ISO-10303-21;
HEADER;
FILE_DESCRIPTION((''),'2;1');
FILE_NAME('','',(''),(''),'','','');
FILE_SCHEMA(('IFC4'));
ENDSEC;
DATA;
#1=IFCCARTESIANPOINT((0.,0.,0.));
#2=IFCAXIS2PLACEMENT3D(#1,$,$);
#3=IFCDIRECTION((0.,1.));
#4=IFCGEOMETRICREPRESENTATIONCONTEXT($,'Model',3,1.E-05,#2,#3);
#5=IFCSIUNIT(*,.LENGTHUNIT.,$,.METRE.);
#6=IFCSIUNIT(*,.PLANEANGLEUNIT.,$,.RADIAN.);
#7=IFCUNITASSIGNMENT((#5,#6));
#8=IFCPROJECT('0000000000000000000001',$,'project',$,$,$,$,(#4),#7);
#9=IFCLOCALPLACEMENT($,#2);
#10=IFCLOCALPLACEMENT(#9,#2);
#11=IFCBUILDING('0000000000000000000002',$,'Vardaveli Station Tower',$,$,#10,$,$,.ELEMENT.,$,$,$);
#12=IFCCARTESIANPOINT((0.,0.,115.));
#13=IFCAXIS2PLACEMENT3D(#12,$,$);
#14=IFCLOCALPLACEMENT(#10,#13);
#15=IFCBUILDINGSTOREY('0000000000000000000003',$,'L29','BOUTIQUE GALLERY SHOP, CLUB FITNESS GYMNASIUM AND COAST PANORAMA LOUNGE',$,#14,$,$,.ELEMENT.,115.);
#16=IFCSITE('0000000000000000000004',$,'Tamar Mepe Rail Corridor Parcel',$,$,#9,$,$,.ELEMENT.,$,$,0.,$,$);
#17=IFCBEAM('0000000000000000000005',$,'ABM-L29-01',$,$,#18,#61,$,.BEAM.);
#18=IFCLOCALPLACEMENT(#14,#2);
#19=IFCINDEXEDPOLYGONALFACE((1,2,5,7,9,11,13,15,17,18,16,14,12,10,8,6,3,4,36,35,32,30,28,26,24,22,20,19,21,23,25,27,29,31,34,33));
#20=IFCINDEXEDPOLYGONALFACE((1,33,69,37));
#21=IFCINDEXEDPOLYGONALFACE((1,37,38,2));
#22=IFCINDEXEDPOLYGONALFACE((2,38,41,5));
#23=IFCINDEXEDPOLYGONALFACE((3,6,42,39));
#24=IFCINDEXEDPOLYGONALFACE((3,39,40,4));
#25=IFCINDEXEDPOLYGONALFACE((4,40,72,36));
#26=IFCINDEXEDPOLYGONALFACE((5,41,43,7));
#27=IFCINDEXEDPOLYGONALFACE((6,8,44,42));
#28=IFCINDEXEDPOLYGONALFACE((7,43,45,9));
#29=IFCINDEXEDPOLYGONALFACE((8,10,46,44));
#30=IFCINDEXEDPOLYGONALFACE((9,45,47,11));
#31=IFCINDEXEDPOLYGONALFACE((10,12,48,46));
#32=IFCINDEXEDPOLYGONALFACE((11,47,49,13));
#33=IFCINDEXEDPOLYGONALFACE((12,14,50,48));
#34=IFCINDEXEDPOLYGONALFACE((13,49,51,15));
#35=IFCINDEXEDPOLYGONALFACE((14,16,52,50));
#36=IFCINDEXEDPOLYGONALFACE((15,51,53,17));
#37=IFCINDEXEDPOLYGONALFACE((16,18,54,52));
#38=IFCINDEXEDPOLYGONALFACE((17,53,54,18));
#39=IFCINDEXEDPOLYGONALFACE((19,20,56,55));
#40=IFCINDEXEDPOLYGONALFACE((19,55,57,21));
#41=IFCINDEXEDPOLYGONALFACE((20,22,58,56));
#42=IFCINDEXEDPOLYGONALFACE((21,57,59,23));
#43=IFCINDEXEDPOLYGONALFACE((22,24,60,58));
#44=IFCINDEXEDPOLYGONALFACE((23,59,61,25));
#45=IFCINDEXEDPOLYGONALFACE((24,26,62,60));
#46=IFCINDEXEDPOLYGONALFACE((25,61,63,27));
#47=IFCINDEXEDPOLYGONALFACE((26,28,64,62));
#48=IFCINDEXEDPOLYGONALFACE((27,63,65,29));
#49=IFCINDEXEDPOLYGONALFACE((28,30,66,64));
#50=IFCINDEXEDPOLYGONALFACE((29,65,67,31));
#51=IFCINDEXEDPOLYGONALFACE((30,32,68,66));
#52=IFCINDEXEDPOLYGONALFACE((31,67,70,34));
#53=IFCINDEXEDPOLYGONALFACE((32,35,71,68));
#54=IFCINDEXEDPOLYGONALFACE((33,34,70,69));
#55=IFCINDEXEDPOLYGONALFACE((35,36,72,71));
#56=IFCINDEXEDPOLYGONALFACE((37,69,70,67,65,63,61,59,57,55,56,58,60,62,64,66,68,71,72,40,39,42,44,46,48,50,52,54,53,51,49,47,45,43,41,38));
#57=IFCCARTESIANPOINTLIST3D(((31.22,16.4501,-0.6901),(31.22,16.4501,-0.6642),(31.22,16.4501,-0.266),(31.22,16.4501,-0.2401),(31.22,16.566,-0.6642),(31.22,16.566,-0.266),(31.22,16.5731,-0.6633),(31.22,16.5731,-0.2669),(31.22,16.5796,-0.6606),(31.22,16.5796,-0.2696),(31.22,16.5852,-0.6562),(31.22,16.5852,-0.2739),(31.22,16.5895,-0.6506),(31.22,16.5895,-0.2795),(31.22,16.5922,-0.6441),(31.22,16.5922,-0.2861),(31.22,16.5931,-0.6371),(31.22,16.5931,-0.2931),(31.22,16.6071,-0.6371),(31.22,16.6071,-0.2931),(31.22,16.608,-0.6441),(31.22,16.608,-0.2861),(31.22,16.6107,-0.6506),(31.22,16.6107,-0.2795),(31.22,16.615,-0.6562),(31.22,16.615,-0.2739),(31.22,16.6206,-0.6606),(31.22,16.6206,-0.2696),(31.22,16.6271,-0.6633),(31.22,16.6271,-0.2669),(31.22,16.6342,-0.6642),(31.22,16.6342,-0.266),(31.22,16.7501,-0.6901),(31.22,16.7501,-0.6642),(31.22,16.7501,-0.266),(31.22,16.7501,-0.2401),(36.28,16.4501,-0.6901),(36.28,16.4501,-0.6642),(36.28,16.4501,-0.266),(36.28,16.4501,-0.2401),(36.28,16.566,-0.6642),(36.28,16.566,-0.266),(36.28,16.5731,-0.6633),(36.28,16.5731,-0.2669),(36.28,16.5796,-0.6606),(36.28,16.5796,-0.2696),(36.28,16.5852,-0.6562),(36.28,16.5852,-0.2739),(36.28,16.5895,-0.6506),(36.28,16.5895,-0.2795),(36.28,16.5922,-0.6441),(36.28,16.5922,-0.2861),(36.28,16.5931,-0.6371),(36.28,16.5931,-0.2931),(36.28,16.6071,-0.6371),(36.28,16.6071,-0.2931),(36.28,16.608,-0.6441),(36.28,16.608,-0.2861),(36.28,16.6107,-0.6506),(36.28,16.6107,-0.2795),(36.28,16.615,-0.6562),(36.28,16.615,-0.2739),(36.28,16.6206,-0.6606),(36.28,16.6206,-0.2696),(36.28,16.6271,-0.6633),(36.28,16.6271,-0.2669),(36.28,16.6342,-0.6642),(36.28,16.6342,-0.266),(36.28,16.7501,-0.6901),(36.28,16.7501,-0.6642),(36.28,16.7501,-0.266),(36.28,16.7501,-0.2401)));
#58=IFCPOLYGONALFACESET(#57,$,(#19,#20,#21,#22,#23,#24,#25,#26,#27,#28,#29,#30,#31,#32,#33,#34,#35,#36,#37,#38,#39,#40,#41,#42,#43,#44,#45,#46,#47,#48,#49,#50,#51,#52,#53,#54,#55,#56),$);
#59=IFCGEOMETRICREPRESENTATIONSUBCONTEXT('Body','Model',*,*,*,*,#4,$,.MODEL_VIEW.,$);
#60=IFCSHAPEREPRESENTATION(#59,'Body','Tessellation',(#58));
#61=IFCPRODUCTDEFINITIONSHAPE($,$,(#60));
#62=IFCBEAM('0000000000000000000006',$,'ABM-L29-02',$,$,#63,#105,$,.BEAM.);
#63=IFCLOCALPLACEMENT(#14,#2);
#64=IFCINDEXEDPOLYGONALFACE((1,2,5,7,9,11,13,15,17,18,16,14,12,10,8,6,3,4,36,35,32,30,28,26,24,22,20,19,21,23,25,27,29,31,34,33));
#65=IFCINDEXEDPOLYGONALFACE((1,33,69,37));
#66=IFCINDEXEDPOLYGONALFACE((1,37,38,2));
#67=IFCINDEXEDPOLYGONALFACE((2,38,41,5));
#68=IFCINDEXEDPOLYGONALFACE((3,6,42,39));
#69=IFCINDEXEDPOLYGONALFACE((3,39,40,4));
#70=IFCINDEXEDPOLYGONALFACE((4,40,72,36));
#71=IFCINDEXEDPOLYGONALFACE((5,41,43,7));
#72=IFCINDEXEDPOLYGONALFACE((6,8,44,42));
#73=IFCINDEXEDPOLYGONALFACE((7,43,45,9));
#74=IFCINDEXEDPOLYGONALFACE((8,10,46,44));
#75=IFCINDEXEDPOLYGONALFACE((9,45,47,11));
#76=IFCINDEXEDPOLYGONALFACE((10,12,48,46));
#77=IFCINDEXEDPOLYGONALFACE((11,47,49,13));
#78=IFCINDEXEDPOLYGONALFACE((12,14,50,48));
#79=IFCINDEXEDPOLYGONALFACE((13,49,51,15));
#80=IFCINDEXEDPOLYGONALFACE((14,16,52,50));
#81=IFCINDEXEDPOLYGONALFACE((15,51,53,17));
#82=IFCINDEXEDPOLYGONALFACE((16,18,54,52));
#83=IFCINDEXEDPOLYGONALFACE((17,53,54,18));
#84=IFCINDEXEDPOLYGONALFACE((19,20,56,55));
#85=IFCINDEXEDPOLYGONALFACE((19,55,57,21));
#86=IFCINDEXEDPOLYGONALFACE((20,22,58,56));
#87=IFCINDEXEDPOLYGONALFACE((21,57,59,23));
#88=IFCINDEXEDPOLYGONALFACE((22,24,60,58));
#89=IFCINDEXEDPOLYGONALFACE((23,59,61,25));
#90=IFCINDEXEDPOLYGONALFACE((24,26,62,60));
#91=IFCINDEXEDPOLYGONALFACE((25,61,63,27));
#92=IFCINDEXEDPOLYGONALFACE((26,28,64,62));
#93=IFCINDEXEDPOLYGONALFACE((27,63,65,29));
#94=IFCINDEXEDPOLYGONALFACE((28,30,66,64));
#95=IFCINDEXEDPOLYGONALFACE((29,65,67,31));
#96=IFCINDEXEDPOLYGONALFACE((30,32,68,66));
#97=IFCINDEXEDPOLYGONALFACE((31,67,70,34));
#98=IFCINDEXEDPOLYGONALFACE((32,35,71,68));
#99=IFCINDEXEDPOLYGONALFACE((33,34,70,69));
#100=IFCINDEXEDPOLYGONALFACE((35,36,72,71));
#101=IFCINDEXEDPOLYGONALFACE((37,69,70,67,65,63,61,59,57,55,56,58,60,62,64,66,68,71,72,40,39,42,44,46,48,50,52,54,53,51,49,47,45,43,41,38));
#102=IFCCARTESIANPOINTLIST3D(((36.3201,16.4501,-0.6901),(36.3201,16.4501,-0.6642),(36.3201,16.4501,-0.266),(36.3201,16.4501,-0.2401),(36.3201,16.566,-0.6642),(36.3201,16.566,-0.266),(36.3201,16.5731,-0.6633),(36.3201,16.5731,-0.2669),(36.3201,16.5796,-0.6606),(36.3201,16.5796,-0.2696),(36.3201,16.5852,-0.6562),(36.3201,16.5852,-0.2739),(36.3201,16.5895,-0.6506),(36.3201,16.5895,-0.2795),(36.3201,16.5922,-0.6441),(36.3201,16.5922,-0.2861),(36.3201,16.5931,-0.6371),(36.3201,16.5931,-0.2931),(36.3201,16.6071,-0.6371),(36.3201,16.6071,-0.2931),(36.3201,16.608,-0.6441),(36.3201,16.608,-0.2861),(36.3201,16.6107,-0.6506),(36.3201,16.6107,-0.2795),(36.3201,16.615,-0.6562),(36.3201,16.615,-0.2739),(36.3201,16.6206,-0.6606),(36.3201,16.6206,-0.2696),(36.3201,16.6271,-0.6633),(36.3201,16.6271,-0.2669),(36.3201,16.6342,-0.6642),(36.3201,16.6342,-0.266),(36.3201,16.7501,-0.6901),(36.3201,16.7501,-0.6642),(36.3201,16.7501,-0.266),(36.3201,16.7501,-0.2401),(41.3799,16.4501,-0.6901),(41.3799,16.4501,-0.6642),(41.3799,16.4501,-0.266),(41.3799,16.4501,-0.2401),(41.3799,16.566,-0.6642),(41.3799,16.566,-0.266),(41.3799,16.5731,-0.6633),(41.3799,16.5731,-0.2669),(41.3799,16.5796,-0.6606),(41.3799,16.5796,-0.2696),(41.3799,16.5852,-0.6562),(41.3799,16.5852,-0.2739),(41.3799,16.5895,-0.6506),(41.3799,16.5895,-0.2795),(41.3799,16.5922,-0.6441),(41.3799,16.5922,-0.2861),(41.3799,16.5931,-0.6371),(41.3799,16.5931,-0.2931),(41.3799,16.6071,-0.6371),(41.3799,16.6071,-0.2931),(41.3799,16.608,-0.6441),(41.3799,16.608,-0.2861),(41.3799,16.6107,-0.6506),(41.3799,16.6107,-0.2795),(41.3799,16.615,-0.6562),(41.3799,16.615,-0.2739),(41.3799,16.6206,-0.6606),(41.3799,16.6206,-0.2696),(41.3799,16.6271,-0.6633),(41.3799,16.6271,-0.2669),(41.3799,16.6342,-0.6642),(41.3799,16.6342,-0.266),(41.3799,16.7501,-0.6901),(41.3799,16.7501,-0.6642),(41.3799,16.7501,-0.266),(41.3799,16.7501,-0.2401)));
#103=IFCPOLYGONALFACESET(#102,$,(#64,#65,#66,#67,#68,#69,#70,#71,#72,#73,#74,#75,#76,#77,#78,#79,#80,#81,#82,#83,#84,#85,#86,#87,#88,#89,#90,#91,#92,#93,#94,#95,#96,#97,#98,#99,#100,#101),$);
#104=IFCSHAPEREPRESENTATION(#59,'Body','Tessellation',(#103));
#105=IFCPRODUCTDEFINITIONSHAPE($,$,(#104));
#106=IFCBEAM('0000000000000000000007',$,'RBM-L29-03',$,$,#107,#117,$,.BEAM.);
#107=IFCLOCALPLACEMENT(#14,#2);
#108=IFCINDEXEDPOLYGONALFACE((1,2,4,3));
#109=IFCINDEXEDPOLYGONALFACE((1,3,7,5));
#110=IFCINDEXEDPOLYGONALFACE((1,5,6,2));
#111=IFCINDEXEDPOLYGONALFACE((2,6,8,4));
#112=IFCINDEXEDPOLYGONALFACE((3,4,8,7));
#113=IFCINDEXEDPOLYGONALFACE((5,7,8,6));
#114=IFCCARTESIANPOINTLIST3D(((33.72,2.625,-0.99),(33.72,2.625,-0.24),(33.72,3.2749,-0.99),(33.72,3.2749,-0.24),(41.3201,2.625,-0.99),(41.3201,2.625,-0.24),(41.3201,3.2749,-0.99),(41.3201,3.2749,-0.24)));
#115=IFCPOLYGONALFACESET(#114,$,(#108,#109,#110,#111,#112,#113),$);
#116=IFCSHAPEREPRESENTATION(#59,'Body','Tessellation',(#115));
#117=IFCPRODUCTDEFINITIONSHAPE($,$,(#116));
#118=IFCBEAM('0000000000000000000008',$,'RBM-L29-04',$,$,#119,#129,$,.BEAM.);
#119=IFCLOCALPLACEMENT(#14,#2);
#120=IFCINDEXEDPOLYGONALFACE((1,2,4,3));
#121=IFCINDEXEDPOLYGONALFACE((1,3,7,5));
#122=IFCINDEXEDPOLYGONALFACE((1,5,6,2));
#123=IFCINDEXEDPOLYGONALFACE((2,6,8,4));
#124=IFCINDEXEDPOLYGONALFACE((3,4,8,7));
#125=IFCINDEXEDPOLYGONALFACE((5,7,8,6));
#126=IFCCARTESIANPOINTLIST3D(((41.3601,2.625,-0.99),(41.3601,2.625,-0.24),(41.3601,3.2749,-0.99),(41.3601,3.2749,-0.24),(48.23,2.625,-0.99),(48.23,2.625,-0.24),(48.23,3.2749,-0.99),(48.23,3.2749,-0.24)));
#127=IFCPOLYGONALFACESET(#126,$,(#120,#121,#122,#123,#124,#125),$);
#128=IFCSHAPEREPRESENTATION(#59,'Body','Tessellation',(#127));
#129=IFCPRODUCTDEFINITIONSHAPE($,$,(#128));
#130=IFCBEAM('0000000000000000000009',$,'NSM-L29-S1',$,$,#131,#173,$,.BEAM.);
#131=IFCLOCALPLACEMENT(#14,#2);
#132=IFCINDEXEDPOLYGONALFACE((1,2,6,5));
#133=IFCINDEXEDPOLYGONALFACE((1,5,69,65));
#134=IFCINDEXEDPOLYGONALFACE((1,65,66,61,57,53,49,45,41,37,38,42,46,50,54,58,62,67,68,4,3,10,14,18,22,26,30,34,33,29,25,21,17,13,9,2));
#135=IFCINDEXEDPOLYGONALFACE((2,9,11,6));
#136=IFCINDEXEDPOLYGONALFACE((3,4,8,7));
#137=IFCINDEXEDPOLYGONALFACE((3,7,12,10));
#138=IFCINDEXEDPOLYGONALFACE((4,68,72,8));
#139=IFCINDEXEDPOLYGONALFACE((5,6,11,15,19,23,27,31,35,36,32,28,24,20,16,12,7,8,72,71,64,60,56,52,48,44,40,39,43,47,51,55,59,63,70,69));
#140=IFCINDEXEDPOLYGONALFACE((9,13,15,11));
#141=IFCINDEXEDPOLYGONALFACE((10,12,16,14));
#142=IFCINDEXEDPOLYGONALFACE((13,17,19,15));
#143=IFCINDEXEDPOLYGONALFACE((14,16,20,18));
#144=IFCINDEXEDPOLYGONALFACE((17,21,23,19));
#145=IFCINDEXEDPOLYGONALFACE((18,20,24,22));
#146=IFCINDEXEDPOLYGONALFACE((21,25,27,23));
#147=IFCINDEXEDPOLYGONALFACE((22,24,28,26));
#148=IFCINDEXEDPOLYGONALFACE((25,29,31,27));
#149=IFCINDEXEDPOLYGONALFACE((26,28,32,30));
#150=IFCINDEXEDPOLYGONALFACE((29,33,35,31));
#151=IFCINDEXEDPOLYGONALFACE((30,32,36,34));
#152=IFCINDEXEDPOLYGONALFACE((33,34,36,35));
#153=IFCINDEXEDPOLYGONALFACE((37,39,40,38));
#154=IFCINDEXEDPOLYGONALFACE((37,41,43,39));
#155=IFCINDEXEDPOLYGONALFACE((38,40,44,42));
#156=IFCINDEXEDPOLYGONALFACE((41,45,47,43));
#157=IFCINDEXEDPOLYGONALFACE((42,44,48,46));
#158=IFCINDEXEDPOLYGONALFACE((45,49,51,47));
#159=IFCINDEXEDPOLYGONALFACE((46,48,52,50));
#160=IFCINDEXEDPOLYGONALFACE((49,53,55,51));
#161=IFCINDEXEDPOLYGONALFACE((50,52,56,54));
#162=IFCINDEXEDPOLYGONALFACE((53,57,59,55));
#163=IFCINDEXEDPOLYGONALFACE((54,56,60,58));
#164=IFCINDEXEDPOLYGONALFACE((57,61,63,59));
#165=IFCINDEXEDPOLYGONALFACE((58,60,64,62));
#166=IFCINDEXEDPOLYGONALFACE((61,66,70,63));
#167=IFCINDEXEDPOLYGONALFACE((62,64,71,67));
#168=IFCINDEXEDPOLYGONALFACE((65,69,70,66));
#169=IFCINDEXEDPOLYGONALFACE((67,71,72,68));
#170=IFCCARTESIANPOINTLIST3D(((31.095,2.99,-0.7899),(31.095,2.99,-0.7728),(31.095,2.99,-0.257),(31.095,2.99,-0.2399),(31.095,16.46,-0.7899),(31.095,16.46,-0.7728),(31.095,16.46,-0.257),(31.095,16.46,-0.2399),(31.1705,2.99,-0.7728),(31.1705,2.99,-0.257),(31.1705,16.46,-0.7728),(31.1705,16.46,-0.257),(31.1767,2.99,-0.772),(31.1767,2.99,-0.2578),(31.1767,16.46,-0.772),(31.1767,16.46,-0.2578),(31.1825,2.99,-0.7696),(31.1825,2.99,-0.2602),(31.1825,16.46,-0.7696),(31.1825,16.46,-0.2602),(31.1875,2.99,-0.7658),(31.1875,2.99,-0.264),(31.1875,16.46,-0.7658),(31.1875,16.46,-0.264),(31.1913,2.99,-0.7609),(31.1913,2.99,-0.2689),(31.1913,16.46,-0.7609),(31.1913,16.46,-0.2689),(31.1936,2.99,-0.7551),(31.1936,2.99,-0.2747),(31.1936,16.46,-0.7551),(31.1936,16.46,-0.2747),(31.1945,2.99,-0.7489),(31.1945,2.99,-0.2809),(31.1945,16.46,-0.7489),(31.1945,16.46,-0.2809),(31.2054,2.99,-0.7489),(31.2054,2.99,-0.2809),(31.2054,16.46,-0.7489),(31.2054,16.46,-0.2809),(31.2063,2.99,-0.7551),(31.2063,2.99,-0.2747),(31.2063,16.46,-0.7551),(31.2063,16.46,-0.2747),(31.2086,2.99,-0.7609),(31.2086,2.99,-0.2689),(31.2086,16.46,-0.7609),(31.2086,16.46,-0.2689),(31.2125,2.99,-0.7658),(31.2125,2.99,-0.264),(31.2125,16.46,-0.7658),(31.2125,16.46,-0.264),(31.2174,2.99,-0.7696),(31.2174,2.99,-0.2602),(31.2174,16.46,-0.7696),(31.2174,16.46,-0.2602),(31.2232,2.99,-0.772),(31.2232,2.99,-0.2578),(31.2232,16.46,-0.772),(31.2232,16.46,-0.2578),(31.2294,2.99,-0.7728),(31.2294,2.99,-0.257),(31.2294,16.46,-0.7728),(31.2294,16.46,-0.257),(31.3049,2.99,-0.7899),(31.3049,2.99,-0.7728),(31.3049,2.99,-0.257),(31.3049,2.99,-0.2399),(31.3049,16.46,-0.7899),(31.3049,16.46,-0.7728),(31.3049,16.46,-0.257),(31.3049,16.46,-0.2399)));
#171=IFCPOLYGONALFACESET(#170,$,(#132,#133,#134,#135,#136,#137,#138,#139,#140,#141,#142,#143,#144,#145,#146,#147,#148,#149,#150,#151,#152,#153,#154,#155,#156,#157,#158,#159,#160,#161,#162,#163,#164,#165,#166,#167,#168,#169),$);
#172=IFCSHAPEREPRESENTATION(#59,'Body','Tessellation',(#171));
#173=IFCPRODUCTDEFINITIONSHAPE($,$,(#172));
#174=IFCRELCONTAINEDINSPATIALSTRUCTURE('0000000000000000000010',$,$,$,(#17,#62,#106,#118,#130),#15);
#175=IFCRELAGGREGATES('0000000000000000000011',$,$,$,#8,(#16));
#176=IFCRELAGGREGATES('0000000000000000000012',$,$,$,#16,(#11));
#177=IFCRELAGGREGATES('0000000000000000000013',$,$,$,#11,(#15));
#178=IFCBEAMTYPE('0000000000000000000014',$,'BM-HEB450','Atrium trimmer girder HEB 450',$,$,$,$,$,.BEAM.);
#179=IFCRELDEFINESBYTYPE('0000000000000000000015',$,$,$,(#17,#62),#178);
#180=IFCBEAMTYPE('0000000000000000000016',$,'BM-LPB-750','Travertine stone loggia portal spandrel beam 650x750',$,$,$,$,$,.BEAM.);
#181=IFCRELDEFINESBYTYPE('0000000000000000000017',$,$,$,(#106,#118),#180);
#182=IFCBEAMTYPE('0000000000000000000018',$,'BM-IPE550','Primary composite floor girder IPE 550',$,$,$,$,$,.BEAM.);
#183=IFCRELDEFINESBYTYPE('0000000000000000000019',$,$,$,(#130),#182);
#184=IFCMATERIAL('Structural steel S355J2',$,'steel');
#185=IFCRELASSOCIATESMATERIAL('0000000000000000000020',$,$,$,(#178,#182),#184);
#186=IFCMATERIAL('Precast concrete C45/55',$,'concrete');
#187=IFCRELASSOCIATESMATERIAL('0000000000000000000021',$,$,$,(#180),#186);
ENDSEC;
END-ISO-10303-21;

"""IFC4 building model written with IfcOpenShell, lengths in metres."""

from ifc_helpers import new_model, si_unit, direction, frame, origin, origin_2d, place, context, subcontext, project, spatial, rectangle, i_section, extrude, source, transform, mapped, material, material_profile, profile_set, type_object, element, save


model = new_model("IFC4")

# Units and contexts
model_context = context("Model", 3, precision=1e-05, world=origin(), true_north=direction((0.0, 1.0)))
body_context = subcontext(model_context, "Body", "Model", "MODEL_VIEW")
ifc_project = project(units=[si_unit("LENGTHUNIT", "METRE"), si_unit("PLANEANGLEUNIT", "RADIAN")], contexts=[model_context])

# Site, building, storey
site_placement = place(None, origin())
site = spatial("IfcSite", under=ifc_project, at=site_placement, Name="Tamar Mepe Rail Corridor Parcel", CompositionType="ELEMENT", RefElevation=0.0)
building_placement = place(site_placement, origin())
building = spatial("IfcBuilding", under=site, at=building_placement, Name="Vardaveli Station Tower", CompositionType="ELEMENT")
storey_placement = place(building_placement, frame((0.0, 0.0, 115.0)))
storey = spatial("IfcBuildingStorey", under=building, at=storey_placement, Name="L29", Description="BOUTIQUE GALLERY SHOP, CLUB FITNESS GYMNASIUM AND COAST PANORAMA LOUNGE", CompositionType="ELEMENT", Elevation=115.0)

# Beams
ifc_material_1 = material(Name="Structural steel S355J2", Category="steel")
ifc_material_profile_1 = material_profile(ifc_material_1, i_section(OverallWidth=0.3, OverallDepth=0.45, WebThickness=0.0139, FlangeThickness=0.0259, FilletRadius=0.0271, at=origin_2d()), Name="HEB 450")
ifc_profile_set_1 = profile_set([ifc_material_profile_1], Name="Structural steel S355J2")
beam_type_1 = type_object("IfcBeamType", Name="BM-HEB450", Description="Atrium trimmer girder HEB 450", PredefinedType="BEAM", material=ifc_profile_set_1)
shared_shape_1 = source(origin(), body_context, "Body", "SweptSolid", [
    extrude(i_section(OverallWidth=0.3, OverallDepth=0.45, WebThickness=0.0139, FlangeThickness=0.0259, FilletRadius=0.0271, at=origin_2d()), origin(), (0.0, 0.0, 1.0), 5.0601),
])
beam_1_placement = place(storey_placement, frame((31.22, 16.6001, -0.4651), z_axis=(1.0, 0.0, 0.0), x_axis=(0.0, 1.0, 0.0)))
element("IfcBeam", 1, at=beam_1_placement, inside=storey, type_object=beam_type_1, Name="ABM-L29-01", PredefinedType="BEAM", context=body_context, shape_type="MappedRepresentation", body=[
    mapped(shared_shape_1, transform((0.0, 0.0, 0.0), scale=1.0)),
])
shared_shape_2 = source(origin(), body_context, "Body", "SweptSolid", [
    extrude(i_section(OverallWidth=0.3, OverallDepth=0.45, WebThickness=0.0139, FlangeThickness=0.0259, FilletRadius=0.0271, at=origin_2d()), origin(), (0.0, 0.0, 1.0), 5.0598),
])
beam_2_placement = place(storey_placement, frame((36.3201, 16.6001, -0.4651), z_axis=(1.0, 0.0, 0.0), x_axis=(0.0, 1.0, 0.0)))
element("IfcBeam", 2, at=beam_2_placement, inside=storey, type_object=beam_type_1, Name="ABM-L29-02", PredefinedType="BEAM", context=body_context, shape_type="MappedRepresentation", body=[
    mapped(shared_shape_2, transform((0.0, 0.0, 0.0), scale=1.0)),
])
ifc_material_2 = material(Name="Precast concrete C45/55", Category="concrete")
ifc_material_profile_2 = material_profile(ifc_material_2, rectangle(XDim=0.6499, YDim=0.75, at=origin_2d()), Name="LPB 650x750")
ifc_profile_set_2 = profile_set([ifc_material_profile_2], Name="Precast concrete C45/55")
beam_type_2 = type_object("IfcBeamType", Name="BM-LPB-750", Description="Travertine stone loggia portal spandrel beam 650x750", PredefinedType="BEAM", material=ifc_profile_set_2)
shared_shape_3 = source(origin(), body_context, "Body", "SweptSolid", [
    extrude(rectangle(XDim=0.6499, YDim=0.75, at=origin_2d()), origin(), (0.0, 0.0, 1.0), 7.6001),
])
beam_3_placement = place(storey_placement, frame((33.72, 2.95, -0.615), z_axis=(1.0, 0.0, 0.0), x_axis=(0.0, 1.0, 0.0)))
element("IfcBeam", 3, at=beam_3_placement, inside=storey, type_object=beam_type_2, Name="RBM-L29-03", PredefinedType="BEAM", context=body_context, shape_type="MappedRepresentation", body=[
    mapped(shared_shape_3, transform((0.0, 0.0, 0.0), scale=1.0)),
])
shared_shape_4 = source(origin(), body_context, "Body", "SweptSolid", [
    extrude(rectangle(XDim=0.6499, YDim=0.75, at=origin_2d()), origin(), (0.0, 0.0, 1.0), 6.8699),
])
beam_4_placement = place(storey_placement, frame((41.3601, 2.95, -0.615), z_axis=(1.0, 0.0, 0.0), x_axis=(0.0, 1.0, 0.0)))
element("IfcBeam", 4, at=beam_4_placement, inside=storey, type_object=beam_type_2, Name="RBM-L29-04", PredefinedType="BEAM", context=body_context, shape_type="MappedRepresentation", body=[
    mapped(shared_shape_4, transform((0.0, 0.0, 0.0), scale=1.0)),
])
ifc_material_profile_3 = material_profile(ifc_material_1, i_section(OverallWidth=0.21, OverallDepth=0.55, WebThickness=0.011, FlangeThickness=0.0171, FilletRadius=0.0239, at=origin_2d()), Name="IPE 550")
ifc_profile_set_3 = profile_set([ifc_material_profile_3], Name="Structural steel S355J2")
beam_type_3 = type_object("IfcBeamType", Name="BM-IPE550", Description="Primary composite floor girder IPE 550", PredefinedType="BEAM", material=ifc_profile_set_3)
shared_shape_5 = source(origin(), body_context, "Body", "SweptSolid", [
    extrude(i_section(OverallWidth=0.21, OverallDepth=0.55, WebThickness=0.011, FlangeThickness=0.0171, FilletRadius=0.0239, at=origin_2d()), origin(), (0.0, 0.0, 1.0), 13.47),
])
beam_5_placement = place(storey_placement, frame((31.2, 2.99, -0.5149), z_axis=(0.0, 1.0, 0.0), x_axis=(-1.0, 0.0, 0.0)))
element("IfcBeam", 5, at=beam_5_placement, inside=storey, type_object=beam_type_3, Name="NSM-L29-S1", PredefinedType="BEAM", context=body_context, shape_type="MappedRepresentation", body=[
    mapped(shared_shape_5, transform((0.0, 0.0, 0.0), scale=1.0)),
])

save(model, "model.ifc")
